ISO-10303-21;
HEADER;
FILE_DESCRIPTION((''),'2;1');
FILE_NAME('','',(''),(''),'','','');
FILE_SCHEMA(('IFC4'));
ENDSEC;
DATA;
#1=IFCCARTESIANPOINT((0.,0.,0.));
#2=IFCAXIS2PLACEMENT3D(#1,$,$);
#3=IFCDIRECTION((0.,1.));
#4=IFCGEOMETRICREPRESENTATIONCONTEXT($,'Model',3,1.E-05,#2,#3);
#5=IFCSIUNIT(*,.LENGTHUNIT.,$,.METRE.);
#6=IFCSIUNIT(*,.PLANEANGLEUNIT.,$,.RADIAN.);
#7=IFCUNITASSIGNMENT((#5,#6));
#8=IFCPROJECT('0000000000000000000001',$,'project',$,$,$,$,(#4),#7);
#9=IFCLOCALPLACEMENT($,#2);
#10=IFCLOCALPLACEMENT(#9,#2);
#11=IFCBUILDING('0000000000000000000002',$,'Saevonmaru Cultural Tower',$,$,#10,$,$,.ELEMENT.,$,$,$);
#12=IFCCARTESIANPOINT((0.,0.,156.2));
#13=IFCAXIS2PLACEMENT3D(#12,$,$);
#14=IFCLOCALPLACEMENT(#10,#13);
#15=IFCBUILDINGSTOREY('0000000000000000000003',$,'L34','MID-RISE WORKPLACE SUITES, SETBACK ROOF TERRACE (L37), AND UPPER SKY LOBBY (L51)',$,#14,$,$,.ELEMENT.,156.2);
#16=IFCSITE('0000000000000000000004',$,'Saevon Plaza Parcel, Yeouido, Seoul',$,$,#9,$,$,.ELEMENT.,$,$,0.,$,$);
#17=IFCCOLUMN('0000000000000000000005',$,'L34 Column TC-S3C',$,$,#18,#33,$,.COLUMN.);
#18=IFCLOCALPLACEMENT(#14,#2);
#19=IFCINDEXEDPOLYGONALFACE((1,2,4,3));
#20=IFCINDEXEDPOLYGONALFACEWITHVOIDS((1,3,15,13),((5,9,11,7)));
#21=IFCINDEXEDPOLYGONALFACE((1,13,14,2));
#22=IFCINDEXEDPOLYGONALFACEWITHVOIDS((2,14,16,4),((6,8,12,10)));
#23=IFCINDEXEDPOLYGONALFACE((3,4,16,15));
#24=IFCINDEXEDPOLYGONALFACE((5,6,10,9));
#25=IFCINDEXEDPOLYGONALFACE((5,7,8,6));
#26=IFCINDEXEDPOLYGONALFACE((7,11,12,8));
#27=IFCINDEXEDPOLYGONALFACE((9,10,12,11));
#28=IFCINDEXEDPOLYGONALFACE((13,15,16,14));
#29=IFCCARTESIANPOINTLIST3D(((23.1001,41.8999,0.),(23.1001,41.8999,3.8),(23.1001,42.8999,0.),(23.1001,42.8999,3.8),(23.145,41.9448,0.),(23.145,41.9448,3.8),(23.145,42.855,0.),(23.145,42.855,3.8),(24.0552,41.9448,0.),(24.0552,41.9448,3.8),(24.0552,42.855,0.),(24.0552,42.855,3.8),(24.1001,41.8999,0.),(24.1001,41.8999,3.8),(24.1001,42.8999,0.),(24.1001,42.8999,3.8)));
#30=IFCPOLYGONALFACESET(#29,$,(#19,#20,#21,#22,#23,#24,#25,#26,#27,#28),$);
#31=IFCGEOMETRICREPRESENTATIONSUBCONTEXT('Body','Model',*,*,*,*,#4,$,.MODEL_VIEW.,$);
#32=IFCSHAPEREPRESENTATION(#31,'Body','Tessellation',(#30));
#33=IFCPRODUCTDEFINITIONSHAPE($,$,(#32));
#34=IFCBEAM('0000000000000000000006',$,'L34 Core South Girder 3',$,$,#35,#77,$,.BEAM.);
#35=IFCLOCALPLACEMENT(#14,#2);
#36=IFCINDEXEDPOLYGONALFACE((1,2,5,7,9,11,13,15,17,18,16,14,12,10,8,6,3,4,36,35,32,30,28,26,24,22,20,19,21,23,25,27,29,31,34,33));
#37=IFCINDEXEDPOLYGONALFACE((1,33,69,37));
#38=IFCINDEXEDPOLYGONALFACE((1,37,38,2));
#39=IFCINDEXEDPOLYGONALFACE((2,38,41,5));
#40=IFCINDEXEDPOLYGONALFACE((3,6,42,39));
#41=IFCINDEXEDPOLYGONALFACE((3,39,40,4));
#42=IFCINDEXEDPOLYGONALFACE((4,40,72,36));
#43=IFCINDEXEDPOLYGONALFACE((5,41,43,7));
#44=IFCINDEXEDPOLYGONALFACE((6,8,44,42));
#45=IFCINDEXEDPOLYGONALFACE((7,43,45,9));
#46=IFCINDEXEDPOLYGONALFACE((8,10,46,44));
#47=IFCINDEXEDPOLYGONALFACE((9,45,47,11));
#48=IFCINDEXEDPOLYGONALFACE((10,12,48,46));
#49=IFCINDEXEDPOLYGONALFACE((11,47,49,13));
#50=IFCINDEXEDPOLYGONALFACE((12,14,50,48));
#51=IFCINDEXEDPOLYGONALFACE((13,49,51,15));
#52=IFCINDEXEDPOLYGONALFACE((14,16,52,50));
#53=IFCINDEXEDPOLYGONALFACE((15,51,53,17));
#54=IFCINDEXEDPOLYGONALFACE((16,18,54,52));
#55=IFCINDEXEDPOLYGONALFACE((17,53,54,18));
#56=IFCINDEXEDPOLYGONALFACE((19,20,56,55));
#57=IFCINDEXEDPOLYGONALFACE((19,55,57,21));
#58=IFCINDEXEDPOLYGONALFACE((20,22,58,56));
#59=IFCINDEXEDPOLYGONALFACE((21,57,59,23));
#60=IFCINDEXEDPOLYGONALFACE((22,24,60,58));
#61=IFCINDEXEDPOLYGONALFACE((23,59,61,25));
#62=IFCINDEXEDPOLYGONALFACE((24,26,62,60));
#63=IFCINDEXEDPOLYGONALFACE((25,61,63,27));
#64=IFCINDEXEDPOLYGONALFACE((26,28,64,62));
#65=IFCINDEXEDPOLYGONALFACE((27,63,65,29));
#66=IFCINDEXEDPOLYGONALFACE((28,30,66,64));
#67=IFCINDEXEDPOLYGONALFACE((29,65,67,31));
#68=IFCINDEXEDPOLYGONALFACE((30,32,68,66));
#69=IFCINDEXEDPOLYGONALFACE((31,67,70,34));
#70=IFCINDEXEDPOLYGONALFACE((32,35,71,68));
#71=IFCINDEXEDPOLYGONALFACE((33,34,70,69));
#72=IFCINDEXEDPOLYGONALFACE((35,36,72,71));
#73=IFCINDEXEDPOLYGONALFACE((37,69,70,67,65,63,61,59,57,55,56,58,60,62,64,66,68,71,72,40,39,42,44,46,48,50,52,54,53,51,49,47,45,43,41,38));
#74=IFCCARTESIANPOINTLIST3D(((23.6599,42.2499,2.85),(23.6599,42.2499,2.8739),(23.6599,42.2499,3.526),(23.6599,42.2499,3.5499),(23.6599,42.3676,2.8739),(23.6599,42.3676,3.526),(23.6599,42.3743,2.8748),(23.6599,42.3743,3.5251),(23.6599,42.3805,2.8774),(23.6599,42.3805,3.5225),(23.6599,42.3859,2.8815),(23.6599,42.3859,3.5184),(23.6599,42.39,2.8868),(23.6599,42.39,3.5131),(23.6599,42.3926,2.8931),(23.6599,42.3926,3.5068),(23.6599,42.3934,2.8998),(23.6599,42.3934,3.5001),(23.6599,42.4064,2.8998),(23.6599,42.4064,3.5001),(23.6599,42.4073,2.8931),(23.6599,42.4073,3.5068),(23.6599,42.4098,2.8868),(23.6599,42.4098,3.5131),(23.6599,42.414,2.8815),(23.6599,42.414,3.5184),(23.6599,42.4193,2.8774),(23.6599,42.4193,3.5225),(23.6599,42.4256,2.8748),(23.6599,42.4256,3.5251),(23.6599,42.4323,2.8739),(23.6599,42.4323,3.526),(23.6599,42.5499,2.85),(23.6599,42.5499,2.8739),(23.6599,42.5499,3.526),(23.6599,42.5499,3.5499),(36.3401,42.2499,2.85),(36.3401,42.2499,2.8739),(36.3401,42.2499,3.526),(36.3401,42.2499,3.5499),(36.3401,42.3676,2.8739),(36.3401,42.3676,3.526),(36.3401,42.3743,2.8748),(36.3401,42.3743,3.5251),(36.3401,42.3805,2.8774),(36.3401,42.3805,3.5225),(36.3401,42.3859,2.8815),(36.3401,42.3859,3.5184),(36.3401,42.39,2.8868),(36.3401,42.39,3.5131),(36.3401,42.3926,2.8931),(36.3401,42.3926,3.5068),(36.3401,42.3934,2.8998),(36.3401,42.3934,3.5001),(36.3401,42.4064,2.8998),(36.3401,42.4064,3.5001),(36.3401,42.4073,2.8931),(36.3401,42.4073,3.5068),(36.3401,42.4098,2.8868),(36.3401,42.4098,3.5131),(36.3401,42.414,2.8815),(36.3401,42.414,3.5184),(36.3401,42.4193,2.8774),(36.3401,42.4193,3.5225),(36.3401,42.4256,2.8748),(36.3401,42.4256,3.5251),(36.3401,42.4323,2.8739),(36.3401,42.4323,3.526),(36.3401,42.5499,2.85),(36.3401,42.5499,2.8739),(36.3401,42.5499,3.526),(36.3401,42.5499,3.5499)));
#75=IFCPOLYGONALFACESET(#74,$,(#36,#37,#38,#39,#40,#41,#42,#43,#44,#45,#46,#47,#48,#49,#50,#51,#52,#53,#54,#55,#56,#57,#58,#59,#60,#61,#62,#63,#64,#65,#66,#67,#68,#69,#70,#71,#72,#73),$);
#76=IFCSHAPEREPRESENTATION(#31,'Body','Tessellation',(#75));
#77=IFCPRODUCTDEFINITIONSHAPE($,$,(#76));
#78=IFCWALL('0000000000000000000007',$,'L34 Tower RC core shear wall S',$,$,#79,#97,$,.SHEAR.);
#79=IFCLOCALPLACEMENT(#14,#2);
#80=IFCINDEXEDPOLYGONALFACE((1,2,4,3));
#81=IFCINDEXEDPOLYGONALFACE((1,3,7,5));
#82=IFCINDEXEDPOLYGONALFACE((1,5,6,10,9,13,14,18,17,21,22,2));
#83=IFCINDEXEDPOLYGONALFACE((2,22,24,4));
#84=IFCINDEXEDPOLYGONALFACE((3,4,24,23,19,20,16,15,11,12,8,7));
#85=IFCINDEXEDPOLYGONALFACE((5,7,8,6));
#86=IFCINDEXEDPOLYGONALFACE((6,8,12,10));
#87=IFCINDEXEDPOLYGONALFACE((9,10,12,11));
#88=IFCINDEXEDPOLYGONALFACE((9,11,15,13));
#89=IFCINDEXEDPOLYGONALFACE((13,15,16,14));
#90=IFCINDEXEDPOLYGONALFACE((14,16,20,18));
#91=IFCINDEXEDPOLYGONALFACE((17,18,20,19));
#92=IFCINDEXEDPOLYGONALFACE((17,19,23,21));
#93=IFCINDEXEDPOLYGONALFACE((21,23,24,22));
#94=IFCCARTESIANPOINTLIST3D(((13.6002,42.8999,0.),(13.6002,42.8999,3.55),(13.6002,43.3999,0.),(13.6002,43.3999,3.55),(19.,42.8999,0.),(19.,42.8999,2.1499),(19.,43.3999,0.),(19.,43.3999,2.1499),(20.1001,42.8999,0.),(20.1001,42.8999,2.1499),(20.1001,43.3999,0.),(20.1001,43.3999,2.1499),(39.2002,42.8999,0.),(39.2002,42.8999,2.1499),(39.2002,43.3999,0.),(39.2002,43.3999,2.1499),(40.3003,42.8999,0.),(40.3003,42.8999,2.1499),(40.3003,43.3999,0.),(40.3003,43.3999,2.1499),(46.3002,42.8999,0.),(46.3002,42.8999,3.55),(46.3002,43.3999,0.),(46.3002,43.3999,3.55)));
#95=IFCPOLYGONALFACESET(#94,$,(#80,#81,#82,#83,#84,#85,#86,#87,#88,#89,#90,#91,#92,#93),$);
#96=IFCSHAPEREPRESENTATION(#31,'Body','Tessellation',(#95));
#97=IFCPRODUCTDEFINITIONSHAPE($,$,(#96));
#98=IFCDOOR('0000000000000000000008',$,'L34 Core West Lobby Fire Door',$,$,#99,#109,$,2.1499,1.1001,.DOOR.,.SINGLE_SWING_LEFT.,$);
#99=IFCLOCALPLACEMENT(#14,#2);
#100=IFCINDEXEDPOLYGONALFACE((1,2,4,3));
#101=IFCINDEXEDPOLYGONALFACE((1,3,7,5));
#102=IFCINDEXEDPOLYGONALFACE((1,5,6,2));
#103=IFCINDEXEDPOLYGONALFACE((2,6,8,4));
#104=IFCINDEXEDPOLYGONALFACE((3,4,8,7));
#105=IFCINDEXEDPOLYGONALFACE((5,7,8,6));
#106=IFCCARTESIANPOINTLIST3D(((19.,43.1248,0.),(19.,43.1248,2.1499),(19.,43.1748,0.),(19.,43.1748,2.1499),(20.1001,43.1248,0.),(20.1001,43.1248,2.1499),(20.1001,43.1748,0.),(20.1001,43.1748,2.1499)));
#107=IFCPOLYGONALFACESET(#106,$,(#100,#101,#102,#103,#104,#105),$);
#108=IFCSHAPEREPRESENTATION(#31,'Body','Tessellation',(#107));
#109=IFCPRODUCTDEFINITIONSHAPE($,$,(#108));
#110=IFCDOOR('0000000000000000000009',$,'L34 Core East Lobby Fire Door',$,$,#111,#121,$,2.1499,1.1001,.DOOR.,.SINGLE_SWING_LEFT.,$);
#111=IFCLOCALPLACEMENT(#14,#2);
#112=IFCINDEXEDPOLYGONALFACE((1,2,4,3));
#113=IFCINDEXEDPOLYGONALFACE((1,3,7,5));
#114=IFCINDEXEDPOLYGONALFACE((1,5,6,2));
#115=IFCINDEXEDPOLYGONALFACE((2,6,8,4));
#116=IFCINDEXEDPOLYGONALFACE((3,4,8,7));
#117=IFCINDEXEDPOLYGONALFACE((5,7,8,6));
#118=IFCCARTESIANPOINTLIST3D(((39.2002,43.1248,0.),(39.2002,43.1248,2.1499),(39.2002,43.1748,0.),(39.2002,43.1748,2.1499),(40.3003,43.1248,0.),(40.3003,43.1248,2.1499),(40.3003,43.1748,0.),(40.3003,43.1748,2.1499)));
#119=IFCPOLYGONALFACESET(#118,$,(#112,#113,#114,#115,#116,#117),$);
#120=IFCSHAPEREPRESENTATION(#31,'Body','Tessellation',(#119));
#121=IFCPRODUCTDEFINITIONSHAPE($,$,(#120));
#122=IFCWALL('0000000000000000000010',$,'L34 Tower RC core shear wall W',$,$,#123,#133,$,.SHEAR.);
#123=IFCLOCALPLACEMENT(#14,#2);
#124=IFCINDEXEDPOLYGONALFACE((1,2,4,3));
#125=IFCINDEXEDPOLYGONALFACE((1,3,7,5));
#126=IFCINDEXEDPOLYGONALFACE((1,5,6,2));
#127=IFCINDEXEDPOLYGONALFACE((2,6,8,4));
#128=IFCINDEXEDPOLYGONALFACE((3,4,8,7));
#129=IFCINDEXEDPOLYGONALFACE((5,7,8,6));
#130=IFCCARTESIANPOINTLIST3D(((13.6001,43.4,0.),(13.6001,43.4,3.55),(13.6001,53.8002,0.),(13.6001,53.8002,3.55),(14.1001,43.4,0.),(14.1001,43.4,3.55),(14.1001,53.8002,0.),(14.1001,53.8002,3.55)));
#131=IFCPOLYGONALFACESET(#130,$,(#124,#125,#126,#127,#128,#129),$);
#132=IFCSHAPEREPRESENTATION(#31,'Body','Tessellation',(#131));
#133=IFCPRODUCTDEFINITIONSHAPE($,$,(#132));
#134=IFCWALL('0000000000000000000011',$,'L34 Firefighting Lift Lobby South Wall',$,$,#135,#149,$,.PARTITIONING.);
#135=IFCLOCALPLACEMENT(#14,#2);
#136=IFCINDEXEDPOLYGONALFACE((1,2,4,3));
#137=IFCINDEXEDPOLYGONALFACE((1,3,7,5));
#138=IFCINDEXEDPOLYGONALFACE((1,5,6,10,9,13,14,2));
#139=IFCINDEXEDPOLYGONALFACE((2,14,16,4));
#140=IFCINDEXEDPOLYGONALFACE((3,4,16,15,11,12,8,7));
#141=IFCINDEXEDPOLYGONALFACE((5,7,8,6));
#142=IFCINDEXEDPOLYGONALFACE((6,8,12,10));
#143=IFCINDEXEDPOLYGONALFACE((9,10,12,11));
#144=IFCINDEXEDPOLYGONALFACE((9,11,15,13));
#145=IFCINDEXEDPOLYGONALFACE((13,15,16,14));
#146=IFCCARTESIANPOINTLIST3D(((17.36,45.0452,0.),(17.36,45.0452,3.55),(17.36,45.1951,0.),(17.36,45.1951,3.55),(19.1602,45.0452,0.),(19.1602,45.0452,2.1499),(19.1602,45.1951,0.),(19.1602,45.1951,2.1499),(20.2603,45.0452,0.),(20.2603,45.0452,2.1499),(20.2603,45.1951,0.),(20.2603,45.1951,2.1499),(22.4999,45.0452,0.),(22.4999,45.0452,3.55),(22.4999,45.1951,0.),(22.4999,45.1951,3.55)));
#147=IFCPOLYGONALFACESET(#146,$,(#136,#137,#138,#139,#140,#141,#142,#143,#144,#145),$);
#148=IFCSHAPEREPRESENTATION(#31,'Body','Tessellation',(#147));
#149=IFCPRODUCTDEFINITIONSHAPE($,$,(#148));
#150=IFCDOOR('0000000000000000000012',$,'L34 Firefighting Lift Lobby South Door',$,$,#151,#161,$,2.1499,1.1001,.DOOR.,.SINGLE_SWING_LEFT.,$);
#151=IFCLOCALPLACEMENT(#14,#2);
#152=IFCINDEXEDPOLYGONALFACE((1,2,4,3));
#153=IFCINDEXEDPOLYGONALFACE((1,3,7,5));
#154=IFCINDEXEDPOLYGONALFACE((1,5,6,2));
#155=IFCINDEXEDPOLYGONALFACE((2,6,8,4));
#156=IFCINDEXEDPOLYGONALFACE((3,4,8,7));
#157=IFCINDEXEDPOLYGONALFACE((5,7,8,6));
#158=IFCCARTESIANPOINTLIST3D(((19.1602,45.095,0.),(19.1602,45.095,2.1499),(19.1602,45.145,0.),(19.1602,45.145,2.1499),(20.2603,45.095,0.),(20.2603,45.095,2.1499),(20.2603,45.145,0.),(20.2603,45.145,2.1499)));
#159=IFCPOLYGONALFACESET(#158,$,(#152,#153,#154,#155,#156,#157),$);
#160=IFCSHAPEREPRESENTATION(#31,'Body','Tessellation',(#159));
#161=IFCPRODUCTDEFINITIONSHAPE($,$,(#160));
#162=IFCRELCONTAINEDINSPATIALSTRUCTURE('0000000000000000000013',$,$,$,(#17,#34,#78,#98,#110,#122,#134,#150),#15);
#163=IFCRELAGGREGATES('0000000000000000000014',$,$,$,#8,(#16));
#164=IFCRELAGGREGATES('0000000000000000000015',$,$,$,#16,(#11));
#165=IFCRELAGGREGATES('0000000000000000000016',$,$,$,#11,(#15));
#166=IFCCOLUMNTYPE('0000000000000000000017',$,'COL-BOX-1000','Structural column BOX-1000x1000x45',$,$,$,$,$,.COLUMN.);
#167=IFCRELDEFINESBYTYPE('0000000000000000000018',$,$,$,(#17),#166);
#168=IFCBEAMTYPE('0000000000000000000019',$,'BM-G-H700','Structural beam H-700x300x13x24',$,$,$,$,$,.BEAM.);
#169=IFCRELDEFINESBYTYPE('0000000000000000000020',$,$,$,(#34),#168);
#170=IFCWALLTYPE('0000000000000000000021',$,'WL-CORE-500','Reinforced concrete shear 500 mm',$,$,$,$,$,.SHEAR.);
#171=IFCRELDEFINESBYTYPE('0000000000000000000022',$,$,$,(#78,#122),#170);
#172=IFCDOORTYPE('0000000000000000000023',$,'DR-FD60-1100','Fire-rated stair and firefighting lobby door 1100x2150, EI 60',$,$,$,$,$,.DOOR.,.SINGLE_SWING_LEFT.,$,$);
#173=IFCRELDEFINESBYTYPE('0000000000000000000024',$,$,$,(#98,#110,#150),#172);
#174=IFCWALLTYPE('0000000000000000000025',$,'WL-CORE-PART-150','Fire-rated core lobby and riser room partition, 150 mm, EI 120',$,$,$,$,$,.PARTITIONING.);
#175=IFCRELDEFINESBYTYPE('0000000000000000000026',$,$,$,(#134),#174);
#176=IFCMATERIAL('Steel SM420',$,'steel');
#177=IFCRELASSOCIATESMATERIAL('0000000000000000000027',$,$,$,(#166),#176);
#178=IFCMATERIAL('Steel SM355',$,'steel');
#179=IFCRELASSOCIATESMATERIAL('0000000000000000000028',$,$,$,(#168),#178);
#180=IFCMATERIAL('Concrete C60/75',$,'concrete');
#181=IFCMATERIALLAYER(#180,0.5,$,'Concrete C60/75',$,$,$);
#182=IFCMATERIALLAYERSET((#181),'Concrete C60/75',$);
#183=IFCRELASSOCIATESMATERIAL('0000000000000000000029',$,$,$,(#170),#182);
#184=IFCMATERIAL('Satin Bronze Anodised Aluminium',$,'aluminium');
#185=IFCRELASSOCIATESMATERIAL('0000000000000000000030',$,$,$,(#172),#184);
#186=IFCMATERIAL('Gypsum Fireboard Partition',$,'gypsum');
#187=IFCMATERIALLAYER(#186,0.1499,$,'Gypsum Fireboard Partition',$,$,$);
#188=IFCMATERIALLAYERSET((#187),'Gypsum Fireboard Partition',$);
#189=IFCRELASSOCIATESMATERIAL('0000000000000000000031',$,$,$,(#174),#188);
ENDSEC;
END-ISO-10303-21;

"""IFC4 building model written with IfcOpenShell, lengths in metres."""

from ifc_helpers import new_model, si_unit, direction, frame, frame_2d, origin, origin_2d, place, context, subcontext, project, spatial, rectangle, hollow_rectangle, i_section, extrude, material, layer, layer_set, material_profile, profile_set, type_object, element, fill, save


model = new_model("IFC4")

# Units and contexts
model_context = context("Model", 3, precision=1e-05, world=origin(), true_north=direction((0.0, 1.0)))
body_context = subcontext(model_context, "Body", "Model", "MODEL_VIEW")
ifc_project = project(units=[si_unit("LENGTHUNIT", "METRE"), si_unit("PLANEANGLEUNIT", "RADIAN")], contexts=[model_context])

# Site, building, storey
site_placement = place(None, origin())
site = spatial("IfcSite", under=ifc_project, at=site_placement, Name="Saevon Plaza Parcel, Yeouido, Seoul", CompositionType="ELEMENT", RefElevation=0.0)
building_placement = place(site_placement, origin())
building = spatial("IfcBuilding", under=site, at=building_placement, Name="Saevonmaru Cultural Tower", CompositionType="ELEMENT")
storey_placement = place(building_placement, frame((0.0, 0.0, 156.2)))
storey = spatial("IfcBuildingStorey", under=building, at=storey_placement, Name="L34", Description="MID-RISE WORKPLACE SUITES, SETBACK ROOF TERRACE (L37), AND UPPER SKY LOBBY (L51)", CompositionType="ELEMENT", Elevation=156.2)

# Column
ifc_material_1 = material(Name="Steel SM420", Category="steel")
ifc_material_profile_1 = material_profile(ifc_material_1, hollow_rectangle(XDim=1.0, YDim=1.0, WallThickness=0.0449, at=origin_2d()), Name="BOX-1000x1000x45")
ifc_profile_set_1 = profile_set([ifc_material_profile_1], Name="Steel SM420")
column_type = type_object("IfcColumnType", Name="COL-BOX-1000", Description="Structural column BOX-1000x1000x45", PredefinedType="COLUMN", material=ifc_profile_set_1)
column_placement = place(storey_placement, frame((23.6001, 42.3999, 0.0), z_axis=(0.0, 0.0, 1.0), x_axis=(1.0, 0.0, 0.0)))
element("IfcColumn", 1, at=column_placement, inside=storey, type_object=column_type, Name="L34 Column TC-S3C", PredefinedType="COLUMN", context=body_context, shape_type="SweptSolid", body=[
    extrude(hollow_rectangle(XDim=1.0, YDim=1.0, WallThickness=0.0449, at=origin_2d()), origin(), (0.0, 0.0, 1.0), 3.8),
])

# Beam
ifc_material_2 = material(Name="Steel SM355", Category="steel")
ifc_material_profile_2 = material_profile(ifc_material_2, i_section(OverallWidth=0.3, OverallDepth=0.7, WebThickness=0.0129, FlangeThickness=0.0239, FilletRadius=0.0259, at=origin_2d()), Name="H-700x300x13x24")
ifc_profile_set_2 = profile_set([ifc_material_profile_2], Name="Steel SM355")
beam_type = type_object("IfcBeamType", Name="BM-G-H700", Description="Structural beam H-700x300x13x24", PredefinedType="BEAM", material=ifc_profile_set_2)
beam_placement = place(storey_placement, frame((23.6599, 42.3999, 3.2), z_axis=(1.0, 0.0, 0.0), x_axis=(0.0, 1.0, 0.0)))
element("IfcBeam", 2, at=beam_placement, inside=storey, type_object=beam_type, Name="L34 Core South Girder 3", PredefinedType="BEAM", context=body_context, shape_type="SweptSolid", body=[
    extrude(i_section(OverallWidth=0.3, OverallDepth=0.7, WebThickness=0.0129, FlangeThickness=0.0239, FilletRadius=0.0259, at=origin_2d()), origin(), (0.0, 0.0, 1.0), 12.6802),
])

# Wall, openings, doors
ifc_material_3 = material(Name="Concrete C60/75", Category="concrete")
ifc_layer_1 = layer(ifc_material_3, 0.5, Name="Concrete C60/75")
ifc_layer_set_1 = layer_set([ifc_layer_1], Name="Concrete C60/75")
wall_type_1 = type_object("IfcWallType", Name="WL-CORE-500", Description="Reinforced concrete shear 500 mm", PredefinedType="SHEAR", material=ifc_layer_set_1)
wall_1_placement = place(storey_placement, frame((13.6001, 43.1499, 0.0), z_axis=(0.0, 0.0, 1.0), x_axis=(1.0, 0.0, 0.0)))
wall_1 = element("IfcWall", 3, at=wall_1_placement, inside=storey, type_object=wall_type_1, Name="L34 Tower RC core shear wall S", PredefinedType="SHEAR", context=body_context, shape_type="SweptSolid", body=[
    extrude(rectangle(XDim=32.7, YDim=0.5, at=frame_2d((16.3501, 0.0))), origin(), (0.0, 0.0, 1.0), 3.55),
])
opening_1_placement = place(wall_1_placement, frame((5.3999, 0.0, 0.0)))
opening_1 = element("IfcOpeningElement", 4, at=opening_1_placement, cuts=wall_1, PredefinedType="OPENING", context=body_context, shape_type="SweptSolid", body=[
    extrude(rectangle(XDim=1.1001, YDim=2.1499, at=frame_2d((0.55, 1.075))), frame((0.0, 0.26, 0.0), z_axis=(0.0, -1.0, 0.0), x_axis=(1.0, 0.0, 0.0)), (0.0, 0.0, 1.0), 0.52),
])
opening_2_placement = place(wall_1_placement, frame((25.6001, 0.0, 0.0)))
opening_2 = element("IfcOpeningElement", 5, at=opening_2_placement, cuts=wall_1, PredefinedType="OPENING", context=body_context, shape_type="SweptSolid", body=[
    extrude(rectangle(XDim=1.1001, YDim=2.1499, at=frame_2d((0.55, 1.075))), frame((0.0, 0.26, 0.0), z_axis=(0.0, -1.0, 0.0), x_axis=(1.0, 0.0, 0.0)), (0.0, 0.0, 1.0), 0.52),
])
ifc_material_4 = material(Name="Satin Bronze Anodised Aluminium", Category="aluminium")
door_type_1 = type_object("IfcDoorType", Name="DR-FD60-1100", Description="Fire-rated stair and firefighting lobby door 1100x2150, EI 60", OperationType="SINGLE_SWING_LEFT", PredefinedType="DOOR", material=ifc_material_4)
door_1_placement = place(opening_1_placement, origin())
door_1 = element("IfcDoor", 6, at=door_1_placement, inside=storey, type_object=door_type_1, Name="L34 Core West Lobby Fire Door", OperationType="SINGLE_SWING_LEFT", OverallHeight=2.1499, OverallWidth=1.1001, PredefinedType="DOOR", context=body_context, shape_type="SweptSolid", body=[
    extrude(rectangle(XDim=1.1001, YDim=2.1499, at=frame_2d((0.55, 1.075))), frame((0.0, 0.0249, 0.0), z_axis=(0.0, -1.0, 0.0), x_axis=(1.0, 0.0, 0.0)), (0.0, 0.0, 1.0), 0.05),
])
fill(opening_1, door_1)
door_2_placement = place(opening_2_placement, origin())
door_2 = element("IfcDoor", 7, at=door_2_placement, inside=storey, type_object=door_type_1, Name="L34 Core East Lobby Fire Door", OperationType="SINGLE_SWING_LEFT", OverallHeight=2.1499, OverallWidth=1.1001, PredefinedType="DOOR", context=body_context, shape_type="SweptSolid", body=[
    extrude(rectangle(XDim=1.1001, YDim=2.1499, at=frame_2d((0.55, 1.075))), frame((0.0, 0.0249, 0.0), z_axis=(0.0, -1.0, 0.0), x_axis=(1.0, 0.0, 0.0)), (0.0, 0.0, 1.0), 0.05),
])
fill(opening_2, door_2)

# Wall
wall_2_placement = place(storey_placement, frame((13.8501, 43.3999, 0.0), z_axis=(0.0, 0.0, 1.0), x_axis=(0.0, 1.0, 0.0)))
element("IfcWall", 8, at=wall_2_placement, inside=storey, type_object=wall_type_1, Name="L34 Tower RC core shear wall W", PredefinedType="SHEAR", context=body_context, shape_type="SweptSolid", body=[
    extrude(rectangle(XDim=10.4001, YDim=0.5, at=frame_2d((5.2002, 0.0))), origin(), (0.0, 0.0, 1.0), 3.55),
])

# Wall, opening, door
ifc_material_5 = material(Name="Gypsum Fireboard Partition", Category="gypsum")
ifc_layer_2 = layer(ifc_material_5, 0.1499, Name="Gypsum Fireboard Partition")
ifc_layer_set_2 = layer_set([ifc_layer_2], Name="Gypsum Fireboard Partition")
wall_type_2 = type_object("IfcWallType", Name="WL-CORE-PART-150", Description="Fire-rated core lobby and riser room partition, 150 mm, EI 120", PredefinedType="PARTITIONING", material=ifc_layer_set_2)
wall_3_placement = place(storey_placement, frame((17.3601, 45.1201, 0.0), z_axis=(0.0, 0.0, 1.0), x_axis=(1.0, 0.0, 0.0)))
wall_3 = element("IfcWall", 9, at=wall_3_placement, inside=storey, type_object=wall_type_2, Name="L34 Firefighting Lift Lobby South Wall", PredefinedType="PARTITIONING", context=body_context, shape_type="SweptSolid", body=[
    extrude(rectangle(XDim=5.1399, YDim=0.1499, at=frame_2d((2.5698, 0.0))), origin(), (0.0, 0.0, 1.0), 3.55),
])
opening_3_placement = place(wall_3_placement, frame((1.8, 0.0, 0.0)))
opening_3 = element("IfcOpeningElement", 10, at=opening_3_placement, cuts=wall_3, PredefinedType="OPENING", context=body_context, shape_type="SweptSolid", body=[
    extrude(rectangle(XDim=1.1001, YDim=2.1499, at=frame_2d((0.55, 1.075))), frame((0.0, 0.085, 0.0), z_axis=(0.0, -1.0, 0.0), x_axis=(1.0, 0.0, 0.0)), (0.0, 0.0, 1.0), 0.1699),
])
door_3_placement = place(opening_3_placement, origin())
door_3 = element("IfcDoor", 11, at=door_3_placement, inside=storey, type_object=door_type_1, Name="L34 Firefighting Lift Lobby South Door", OperationType="SINGLE_SWING_LEFT", OverallHeight=2.1499, OverallWidth=1.1001, PredefinedType="DOOR", context=body_context, shape_type="SweptSolid", body=[
    extrude(rectangle(XDim=1.1001, YDim=2.1499, at=frame_2d((0.55, 1.075))), frame((0.0, 0.0249, 0.0), z_axis=(0.0, -1.0, 0.0), x_axis=(1.0, 0.0, 0.0)), (0.0, 0.0, 1.0), 0.05),
])
fill(opening_3, door_3)

save(model, "model.ifc")
